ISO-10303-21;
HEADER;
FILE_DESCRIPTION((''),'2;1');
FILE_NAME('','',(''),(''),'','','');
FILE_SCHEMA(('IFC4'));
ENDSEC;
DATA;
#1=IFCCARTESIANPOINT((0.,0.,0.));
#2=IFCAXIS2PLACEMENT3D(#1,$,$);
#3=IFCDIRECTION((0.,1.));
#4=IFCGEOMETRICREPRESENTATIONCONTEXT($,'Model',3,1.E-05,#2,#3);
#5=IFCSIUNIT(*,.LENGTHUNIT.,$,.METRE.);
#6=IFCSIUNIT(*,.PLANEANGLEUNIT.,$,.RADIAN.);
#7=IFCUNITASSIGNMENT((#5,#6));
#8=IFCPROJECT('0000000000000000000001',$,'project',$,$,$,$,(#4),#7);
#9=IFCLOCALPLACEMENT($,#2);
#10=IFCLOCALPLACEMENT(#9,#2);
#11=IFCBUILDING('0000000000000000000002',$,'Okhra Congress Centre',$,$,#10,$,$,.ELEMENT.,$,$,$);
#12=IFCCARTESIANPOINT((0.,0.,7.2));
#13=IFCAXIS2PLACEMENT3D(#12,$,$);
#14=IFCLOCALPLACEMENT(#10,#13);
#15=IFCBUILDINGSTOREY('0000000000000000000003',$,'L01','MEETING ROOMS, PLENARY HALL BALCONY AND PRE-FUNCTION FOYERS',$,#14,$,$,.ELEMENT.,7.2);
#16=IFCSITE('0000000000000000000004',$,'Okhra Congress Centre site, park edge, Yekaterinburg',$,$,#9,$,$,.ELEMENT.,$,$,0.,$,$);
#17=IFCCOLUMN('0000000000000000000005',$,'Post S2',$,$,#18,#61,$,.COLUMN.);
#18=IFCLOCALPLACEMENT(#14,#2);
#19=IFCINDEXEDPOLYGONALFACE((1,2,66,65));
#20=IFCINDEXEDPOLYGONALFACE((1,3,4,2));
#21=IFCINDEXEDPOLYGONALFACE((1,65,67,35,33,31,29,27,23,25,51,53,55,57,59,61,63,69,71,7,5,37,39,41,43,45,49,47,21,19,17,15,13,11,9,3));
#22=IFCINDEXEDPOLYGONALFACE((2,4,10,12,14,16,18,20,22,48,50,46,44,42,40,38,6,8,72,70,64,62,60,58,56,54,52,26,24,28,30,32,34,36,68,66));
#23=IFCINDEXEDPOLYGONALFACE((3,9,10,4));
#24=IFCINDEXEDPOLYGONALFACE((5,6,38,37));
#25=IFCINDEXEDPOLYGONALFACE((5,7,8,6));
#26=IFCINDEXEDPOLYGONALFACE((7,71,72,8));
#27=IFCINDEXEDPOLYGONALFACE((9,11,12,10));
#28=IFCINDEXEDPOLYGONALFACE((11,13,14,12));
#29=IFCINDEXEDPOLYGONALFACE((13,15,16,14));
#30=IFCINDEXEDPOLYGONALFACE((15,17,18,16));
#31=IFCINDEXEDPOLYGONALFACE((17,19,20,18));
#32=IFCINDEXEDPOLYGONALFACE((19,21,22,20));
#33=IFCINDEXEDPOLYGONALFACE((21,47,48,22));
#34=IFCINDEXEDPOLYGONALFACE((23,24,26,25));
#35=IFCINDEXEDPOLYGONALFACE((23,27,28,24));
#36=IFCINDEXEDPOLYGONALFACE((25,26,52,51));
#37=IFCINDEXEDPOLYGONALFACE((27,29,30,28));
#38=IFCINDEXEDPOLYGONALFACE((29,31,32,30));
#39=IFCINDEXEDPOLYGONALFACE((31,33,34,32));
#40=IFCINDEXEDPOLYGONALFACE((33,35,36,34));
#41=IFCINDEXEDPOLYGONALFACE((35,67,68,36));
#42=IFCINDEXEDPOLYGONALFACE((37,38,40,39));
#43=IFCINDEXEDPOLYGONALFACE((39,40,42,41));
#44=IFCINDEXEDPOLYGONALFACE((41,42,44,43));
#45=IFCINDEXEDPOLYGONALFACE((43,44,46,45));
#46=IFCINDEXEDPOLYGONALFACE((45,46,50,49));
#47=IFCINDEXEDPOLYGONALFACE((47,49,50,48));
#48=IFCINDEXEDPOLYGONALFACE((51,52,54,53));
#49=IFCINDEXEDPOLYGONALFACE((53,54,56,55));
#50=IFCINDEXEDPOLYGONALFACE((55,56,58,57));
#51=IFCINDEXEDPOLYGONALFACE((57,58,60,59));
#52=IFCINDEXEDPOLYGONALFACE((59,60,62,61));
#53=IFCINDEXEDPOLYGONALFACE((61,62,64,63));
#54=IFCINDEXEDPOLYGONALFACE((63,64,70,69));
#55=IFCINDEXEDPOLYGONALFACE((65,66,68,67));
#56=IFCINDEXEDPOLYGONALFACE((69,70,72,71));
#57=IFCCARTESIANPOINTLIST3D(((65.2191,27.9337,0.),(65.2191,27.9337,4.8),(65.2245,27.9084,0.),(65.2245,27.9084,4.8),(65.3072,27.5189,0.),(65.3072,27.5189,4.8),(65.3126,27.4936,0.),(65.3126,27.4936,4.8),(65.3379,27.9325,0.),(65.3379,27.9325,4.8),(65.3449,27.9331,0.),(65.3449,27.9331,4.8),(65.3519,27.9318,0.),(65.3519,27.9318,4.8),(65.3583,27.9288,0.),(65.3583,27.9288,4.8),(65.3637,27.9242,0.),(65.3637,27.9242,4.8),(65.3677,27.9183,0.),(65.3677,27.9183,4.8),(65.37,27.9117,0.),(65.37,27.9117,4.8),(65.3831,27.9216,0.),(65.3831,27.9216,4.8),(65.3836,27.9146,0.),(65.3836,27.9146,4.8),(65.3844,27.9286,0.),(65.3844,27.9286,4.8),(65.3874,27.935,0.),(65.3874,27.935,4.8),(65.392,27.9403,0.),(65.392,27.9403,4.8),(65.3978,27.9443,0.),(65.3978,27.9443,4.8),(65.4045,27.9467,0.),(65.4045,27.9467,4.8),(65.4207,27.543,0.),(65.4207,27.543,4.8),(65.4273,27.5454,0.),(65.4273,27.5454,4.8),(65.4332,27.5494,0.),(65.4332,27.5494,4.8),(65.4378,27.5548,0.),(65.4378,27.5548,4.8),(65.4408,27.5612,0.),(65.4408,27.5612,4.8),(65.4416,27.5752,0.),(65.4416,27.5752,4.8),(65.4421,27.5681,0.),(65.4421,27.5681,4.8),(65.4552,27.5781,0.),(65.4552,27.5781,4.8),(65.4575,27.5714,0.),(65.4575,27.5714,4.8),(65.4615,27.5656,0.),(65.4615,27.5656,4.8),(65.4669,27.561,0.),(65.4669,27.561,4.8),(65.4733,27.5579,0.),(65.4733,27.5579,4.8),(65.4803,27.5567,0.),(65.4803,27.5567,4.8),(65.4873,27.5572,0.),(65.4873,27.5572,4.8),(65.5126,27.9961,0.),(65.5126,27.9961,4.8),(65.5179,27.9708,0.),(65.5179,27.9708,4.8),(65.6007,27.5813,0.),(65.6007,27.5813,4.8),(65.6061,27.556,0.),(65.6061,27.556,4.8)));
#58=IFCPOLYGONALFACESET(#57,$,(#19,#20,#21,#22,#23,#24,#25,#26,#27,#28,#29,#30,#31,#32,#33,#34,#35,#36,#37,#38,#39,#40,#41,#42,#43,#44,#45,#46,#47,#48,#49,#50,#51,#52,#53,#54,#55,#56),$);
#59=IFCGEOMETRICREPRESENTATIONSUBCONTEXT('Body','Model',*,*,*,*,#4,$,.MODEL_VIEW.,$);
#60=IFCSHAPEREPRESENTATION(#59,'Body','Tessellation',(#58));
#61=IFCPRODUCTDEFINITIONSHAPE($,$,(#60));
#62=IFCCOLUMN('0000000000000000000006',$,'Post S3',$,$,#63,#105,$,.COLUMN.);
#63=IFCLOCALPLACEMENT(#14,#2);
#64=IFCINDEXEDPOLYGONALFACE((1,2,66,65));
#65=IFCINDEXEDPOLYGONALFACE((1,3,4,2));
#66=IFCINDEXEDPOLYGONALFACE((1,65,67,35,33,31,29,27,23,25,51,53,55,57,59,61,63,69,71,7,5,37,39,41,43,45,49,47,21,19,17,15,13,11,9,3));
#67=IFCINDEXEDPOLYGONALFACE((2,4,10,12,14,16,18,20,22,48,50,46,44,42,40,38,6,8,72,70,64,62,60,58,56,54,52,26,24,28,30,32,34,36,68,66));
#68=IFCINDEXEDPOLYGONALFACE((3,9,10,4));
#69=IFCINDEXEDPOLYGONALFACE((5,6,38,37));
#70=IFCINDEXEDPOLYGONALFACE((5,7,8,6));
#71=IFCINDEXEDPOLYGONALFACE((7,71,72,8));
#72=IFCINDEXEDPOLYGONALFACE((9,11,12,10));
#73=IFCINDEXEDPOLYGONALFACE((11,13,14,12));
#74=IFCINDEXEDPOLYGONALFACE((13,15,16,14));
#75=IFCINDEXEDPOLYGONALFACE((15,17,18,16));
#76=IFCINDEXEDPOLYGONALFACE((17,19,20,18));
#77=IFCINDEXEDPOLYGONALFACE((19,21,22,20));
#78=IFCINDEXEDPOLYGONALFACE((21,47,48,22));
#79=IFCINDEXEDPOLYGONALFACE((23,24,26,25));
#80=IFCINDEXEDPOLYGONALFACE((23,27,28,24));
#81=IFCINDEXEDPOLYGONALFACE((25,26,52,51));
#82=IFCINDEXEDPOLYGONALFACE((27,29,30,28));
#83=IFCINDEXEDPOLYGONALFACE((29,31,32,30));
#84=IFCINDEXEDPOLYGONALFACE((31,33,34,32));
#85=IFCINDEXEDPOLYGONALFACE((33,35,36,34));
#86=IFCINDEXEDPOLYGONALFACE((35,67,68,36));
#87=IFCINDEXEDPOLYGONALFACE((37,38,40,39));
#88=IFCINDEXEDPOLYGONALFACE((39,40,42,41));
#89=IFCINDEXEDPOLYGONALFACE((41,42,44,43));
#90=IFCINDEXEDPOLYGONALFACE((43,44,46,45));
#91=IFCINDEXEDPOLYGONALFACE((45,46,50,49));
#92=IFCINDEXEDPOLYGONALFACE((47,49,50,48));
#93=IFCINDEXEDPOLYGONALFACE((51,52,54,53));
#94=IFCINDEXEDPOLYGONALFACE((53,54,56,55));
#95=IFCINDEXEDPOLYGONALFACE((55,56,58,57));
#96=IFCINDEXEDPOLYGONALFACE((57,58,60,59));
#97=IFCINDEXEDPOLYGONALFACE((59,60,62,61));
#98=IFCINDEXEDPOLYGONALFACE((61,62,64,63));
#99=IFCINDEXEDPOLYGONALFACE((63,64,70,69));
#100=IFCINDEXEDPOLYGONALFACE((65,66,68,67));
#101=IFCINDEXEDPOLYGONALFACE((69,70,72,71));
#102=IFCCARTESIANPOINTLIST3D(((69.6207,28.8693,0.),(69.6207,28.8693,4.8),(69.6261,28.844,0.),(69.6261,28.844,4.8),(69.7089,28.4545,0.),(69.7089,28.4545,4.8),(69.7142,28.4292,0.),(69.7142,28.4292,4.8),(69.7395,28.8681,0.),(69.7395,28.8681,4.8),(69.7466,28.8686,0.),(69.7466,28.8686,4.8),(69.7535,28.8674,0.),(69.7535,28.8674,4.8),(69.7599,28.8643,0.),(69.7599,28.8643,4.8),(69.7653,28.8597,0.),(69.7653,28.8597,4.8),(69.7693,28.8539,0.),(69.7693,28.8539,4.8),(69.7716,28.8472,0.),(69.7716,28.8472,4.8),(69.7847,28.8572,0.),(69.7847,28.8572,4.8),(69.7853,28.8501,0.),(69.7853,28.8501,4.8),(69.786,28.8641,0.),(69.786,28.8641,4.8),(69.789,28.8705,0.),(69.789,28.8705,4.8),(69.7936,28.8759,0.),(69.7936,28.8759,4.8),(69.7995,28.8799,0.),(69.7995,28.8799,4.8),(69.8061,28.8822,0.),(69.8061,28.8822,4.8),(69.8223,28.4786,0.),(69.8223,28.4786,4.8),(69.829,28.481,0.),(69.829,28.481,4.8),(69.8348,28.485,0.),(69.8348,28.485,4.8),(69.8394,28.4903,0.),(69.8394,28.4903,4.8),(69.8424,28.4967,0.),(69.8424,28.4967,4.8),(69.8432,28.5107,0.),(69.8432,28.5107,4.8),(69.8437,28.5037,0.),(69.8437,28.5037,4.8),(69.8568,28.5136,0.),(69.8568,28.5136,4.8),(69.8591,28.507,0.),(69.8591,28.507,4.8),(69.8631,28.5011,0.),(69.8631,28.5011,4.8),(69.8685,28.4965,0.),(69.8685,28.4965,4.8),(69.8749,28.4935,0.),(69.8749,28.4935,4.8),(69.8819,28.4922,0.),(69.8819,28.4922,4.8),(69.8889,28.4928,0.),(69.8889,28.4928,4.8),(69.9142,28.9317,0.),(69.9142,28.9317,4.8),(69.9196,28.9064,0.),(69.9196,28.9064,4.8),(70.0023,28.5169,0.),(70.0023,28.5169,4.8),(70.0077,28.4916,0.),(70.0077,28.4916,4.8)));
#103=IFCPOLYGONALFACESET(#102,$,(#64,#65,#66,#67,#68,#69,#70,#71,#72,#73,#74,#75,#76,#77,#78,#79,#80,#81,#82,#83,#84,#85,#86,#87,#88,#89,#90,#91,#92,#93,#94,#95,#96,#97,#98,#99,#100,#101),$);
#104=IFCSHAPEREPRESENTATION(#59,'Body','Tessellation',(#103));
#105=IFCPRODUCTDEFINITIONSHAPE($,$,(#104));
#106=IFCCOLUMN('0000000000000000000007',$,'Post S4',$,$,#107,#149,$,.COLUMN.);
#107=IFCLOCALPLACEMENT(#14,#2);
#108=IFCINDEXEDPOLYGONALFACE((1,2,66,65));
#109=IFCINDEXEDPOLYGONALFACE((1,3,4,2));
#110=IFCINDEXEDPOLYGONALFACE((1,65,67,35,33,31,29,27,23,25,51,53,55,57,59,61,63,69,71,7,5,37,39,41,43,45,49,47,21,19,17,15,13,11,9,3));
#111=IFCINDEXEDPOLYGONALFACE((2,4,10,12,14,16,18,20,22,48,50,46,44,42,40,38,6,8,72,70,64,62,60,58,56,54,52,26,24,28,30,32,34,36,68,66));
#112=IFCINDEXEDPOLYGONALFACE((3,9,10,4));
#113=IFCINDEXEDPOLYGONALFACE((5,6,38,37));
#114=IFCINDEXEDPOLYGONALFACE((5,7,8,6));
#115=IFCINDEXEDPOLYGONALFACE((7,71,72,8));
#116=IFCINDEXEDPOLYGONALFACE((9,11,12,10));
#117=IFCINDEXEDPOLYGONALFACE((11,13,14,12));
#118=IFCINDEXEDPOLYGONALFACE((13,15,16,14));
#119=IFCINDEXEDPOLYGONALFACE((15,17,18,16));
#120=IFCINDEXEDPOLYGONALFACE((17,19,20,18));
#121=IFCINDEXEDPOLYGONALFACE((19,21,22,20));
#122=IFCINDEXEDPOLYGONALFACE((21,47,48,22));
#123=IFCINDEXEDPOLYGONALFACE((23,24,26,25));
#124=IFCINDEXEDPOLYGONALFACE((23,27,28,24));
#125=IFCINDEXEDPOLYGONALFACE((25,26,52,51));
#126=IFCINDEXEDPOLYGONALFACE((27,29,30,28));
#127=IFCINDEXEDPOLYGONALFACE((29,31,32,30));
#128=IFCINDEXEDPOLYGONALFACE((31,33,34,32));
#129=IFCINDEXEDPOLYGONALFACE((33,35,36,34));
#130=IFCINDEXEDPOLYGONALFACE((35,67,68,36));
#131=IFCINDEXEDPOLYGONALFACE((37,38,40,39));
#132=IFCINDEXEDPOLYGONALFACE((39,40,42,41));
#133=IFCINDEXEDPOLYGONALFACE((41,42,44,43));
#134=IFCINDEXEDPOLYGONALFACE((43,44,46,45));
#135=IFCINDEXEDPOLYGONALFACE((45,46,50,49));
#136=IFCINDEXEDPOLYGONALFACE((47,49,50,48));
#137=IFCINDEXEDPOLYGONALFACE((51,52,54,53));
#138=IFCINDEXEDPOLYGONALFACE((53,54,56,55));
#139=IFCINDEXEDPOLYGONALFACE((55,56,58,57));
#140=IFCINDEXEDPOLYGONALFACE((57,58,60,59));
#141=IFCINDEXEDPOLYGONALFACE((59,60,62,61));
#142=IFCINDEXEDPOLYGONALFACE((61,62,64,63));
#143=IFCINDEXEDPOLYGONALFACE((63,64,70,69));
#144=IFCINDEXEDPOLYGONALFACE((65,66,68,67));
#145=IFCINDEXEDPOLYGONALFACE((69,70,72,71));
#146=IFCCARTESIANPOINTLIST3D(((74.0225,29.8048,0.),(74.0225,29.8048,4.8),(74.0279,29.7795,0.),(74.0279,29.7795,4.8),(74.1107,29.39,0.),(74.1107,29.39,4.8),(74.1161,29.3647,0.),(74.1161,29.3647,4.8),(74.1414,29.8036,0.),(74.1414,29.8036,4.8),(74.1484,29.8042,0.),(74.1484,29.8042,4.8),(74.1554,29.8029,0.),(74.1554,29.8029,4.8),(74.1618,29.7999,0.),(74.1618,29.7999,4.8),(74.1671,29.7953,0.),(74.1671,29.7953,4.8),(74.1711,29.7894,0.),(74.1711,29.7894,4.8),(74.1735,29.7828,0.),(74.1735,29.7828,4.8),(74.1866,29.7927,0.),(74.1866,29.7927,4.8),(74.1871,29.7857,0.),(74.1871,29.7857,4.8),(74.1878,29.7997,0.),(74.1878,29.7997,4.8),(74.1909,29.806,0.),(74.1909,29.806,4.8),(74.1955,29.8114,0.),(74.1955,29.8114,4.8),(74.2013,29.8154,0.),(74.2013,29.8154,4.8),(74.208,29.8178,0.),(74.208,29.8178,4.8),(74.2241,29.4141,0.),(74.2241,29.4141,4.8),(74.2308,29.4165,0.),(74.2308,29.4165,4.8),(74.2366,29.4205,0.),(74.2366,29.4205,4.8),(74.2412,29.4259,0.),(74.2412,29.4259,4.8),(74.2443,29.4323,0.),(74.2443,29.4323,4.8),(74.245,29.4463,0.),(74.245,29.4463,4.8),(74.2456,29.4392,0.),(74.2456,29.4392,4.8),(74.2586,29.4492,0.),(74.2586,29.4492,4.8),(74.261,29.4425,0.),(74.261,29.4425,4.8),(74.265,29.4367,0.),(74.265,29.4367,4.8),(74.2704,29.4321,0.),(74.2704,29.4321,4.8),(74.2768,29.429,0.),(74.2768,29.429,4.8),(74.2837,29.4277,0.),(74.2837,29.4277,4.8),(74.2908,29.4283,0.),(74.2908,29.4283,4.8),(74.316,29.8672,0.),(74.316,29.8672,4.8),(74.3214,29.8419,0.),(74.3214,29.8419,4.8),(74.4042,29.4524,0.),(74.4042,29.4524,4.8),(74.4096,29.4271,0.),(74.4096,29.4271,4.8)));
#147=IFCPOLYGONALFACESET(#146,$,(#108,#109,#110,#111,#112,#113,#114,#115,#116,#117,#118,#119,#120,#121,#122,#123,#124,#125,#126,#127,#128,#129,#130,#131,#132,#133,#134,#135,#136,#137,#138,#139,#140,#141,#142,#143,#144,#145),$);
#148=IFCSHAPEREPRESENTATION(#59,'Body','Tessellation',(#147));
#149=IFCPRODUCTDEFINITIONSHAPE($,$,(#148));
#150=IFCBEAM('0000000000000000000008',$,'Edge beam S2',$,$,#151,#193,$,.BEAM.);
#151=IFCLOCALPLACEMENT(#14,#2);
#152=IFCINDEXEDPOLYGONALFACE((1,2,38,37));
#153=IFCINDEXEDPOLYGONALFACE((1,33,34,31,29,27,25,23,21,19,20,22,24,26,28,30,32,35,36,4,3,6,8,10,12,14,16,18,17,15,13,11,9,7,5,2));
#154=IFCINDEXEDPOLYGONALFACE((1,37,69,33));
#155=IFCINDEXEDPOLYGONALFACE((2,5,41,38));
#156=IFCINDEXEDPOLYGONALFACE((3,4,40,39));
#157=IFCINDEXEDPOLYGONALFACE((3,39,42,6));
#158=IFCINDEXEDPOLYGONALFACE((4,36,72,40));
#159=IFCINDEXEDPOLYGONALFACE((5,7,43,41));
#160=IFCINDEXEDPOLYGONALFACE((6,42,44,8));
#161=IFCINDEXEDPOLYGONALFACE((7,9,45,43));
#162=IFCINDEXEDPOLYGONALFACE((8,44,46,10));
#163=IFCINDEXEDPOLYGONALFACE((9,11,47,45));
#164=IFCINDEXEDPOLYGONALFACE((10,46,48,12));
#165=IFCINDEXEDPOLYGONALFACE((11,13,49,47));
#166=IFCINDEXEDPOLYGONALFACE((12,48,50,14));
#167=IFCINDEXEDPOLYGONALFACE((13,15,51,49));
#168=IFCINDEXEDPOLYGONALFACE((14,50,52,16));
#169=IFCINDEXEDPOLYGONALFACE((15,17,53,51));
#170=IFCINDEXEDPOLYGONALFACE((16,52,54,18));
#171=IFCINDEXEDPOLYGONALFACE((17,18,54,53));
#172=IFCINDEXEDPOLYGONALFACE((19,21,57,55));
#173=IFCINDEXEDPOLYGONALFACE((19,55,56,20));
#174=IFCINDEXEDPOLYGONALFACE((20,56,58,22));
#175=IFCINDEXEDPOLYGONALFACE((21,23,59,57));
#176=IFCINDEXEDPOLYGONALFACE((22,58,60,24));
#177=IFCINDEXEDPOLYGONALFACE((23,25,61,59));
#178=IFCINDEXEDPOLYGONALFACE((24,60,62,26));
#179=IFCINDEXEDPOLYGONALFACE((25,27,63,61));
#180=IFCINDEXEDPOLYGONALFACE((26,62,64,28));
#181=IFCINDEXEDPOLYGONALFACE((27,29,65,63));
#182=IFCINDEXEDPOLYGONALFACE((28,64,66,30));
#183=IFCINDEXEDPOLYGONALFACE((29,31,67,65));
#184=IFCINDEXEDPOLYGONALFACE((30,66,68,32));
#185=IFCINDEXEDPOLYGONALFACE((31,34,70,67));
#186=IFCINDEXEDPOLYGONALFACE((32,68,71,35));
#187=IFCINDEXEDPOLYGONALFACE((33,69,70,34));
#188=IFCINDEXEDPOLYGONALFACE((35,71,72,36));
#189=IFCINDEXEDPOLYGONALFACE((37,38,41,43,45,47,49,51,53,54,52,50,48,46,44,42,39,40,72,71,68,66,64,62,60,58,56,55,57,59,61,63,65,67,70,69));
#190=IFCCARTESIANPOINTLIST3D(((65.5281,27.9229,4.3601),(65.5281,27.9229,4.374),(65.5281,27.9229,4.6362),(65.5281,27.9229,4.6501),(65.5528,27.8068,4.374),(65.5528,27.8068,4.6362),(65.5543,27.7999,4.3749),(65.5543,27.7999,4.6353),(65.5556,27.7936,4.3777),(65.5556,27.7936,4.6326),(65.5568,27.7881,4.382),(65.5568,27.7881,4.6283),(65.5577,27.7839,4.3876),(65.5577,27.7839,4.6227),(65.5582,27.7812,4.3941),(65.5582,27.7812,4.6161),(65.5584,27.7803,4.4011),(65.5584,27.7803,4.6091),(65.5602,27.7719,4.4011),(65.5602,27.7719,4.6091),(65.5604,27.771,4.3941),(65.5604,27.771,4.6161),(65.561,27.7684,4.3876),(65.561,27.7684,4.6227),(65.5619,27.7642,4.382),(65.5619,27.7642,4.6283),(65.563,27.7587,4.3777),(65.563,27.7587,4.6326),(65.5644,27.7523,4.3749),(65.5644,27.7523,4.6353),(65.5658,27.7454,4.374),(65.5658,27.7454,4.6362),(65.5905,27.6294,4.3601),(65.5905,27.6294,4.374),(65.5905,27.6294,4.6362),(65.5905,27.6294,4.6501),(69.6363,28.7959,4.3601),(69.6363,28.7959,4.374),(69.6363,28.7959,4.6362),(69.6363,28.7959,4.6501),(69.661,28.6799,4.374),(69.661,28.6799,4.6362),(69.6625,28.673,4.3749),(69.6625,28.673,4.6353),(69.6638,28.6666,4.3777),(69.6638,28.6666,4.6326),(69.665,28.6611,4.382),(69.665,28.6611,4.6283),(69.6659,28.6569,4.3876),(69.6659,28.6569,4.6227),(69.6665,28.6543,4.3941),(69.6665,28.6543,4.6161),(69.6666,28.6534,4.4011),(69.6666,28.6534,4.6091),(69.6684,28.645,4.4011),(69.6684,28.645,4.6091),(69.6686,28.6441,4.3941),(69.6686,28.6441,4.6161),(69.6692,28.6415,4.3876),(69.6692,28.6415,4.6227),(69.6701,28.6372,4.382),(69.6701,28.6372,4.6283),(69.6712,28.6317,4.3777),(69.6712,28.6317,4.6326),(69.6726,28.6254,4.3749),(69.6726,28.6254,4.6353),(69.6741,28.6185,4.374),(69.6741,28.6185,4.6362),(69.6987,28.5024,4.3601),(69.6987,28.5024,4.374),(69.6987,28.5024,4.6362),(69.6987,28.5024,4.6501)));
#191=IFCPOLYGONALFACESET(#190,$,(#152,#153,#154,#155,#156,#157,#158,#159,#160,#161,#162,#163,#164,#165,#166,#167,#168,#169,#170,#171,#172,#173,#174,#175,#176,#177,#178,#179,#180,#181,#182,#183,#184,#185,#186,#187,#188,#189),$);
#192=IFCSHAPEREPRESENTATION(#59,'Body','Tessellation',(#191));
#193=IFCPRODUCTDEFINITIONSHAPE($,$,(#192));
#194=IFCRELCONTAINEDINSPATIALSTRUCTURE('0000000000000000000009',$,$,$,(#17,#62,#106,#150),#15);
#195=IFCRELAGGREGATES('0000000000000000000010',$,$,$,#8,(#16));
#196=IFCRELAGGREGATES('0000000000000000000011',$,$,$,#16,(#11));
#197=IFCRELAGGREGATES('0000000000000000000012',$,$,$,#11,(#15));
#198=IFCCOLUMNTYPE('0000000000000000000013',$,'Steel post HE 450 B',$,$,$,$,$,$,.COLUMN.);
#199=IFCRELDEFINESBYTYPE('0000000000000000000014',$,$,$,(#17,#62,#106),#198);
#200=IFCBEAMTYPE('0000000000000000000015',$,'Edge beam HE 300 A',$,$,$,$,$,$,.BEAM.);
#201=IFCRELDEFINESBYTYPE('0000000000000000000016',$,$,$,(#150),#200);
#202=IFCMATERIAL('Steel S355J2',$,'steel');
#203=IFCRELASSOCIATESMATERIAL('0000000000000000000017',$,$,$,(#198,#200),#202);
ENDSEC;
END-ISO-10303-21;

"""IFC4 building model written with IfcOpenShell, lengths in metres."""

from ifc_helpers import new_model, si_unit, direction, frame, origin, origin_2d, place, context, subcontext, project, spatial, i_section, extrude, material, material_profile, profile_set, type_object, element, save


model = new_model("IFC4")

# Units and contexts
model_context = context("Model", 3, precision=1e-05, world=origin(), true_north=direction((0.0, 1.0)))
body_context = subcontext(model_context, "Body", "Model", "MODEL_VIEW")
ifc_project = project(units=[si_unit("LENGTHUNIT", "METRE"), si_unit("PLANEANGLEUNIT", "RADIAN")], contexts=[model_context])

# Site, building, storey
site_placement = place(None, origin())
site = spatial("IfcSite", under=ifc_project, at=site_placement, Name="Okhra Congress Centre site, park edge, Yekaterinburg", CompositionType="ELEMENT", RefElevation=0.0)
building_placement = place(site_placement, origin())
building = spatial("IfcBuilding", under=site, at=building_placement, Name="Okhra Congress Centre", CompositionType="ELEMENT")
storey_placement = place(building_placement, frame((0.0, 0.0, 7.2)))
storey = spatial("IfcBuildingStorey", under=building, at=storey_placement, Name="L01", Description="MEETING ROOMS, PLENARY HALL BALCONY AND PRE-FUNCTION FOYERS", CompositionType="ELEMENT", Elevation=7.2)

# Columns
ifc_material_1 = material(Name="Steel S355J2", Category="steel")
ifc_material_profile_1 = material_profile(ifc_material_1, i_section(OverallWidth=0.3, OverallDepth=0.45, WebThickness=0.0139, FlangeThickness=0.0259, FilletRadius=0.0271, at=origin_2d()), Name="HE 450 B")
ifc_profile_set_1 = profile_set([ifc_material_profile_1], Name="Steel S355J2")
column_type = type_object("IfcColumnType", Name="Steel post HE 450 B", PredefinedType="COLUMN", material=ifc_profile_set_1)
for number, where, z_axis, x_axis, name in (
    (1, (65.4126, 27.7449, 0.0), (0.0, 0.0, 1.0), (0.978148, 0.207912, 0.0), "Post S2"),
    (2, (69.8142, 28.6804, 0.0), (0.0, 0.0, 1.0), (0.978148, 0.207912, 0.0), "Post S3"),
    (3, (74.2161, 29.616, 0.0), (0.0, 0.0, 1.0), (0.978148, 0.207912, 0.0), "Post S4"),
):
    element("IfcColumn", number, at=place(storey_placement, frame(where, z_axis=z_axis, x_axis=x_axis)), inside=storey, type_object=column_type, Name=name, PredefinedType="COLUMN", context=body_context, shape_type="SweptSolid", body=[
        extrude(i_section(OverallWidth=0.3, OverallDepth=0.45, WebThickness=0.0139, FlangeThickness=0.0259, FilletRadius=0.0271, at=origin_2d()), origin(), (0.0, 0.0, 1.0), 4.8),
    ])

# Beam
ifc_material_profile_2 = material_profile(ifc_material_1, i_section(OverallWidth=0.3, OverallDepth=0.29, WebThickness=0.0085, FlangeThickness=0.0139, FilletRadius=0.0271, at=origin_2d()), Name="HE 300 A")
ifc_profile_set_2 = profile_set([ifc_material_profile_2], Name="Steel S355J2")
beam_type_1 = type_object("IfcBeamType", Name="Edge beam HE 300 A", PredefinedType="BEAM", material=ifc_profile_set_2)
beam_1_placement = place(storey_placement, frame((65.5593, 27.7761, 4.5051), z_axis=(0.978156, 0.207873, 0.0), x_axis=(-0.207873, 0.978156, 0.0)))
element("IfcBeam", 4, at=beam_1_placement, inside=storey, type_object=beam_type_1, Name="Edge beam S2", PredefinedType="BEAM", context=body_context, shape_type="SweptSolid", body=[
    extrude(i_section(OverallWidth=0.3, OverallDepth=0.29, WebThickness=0.0085, FlangeThickness=0.0139, FilletRadius=0.0271, at=origin_2d()), origin(), (0.0, 0.0, 1.0), 4.2),
])

save(model, "model.ifc")
